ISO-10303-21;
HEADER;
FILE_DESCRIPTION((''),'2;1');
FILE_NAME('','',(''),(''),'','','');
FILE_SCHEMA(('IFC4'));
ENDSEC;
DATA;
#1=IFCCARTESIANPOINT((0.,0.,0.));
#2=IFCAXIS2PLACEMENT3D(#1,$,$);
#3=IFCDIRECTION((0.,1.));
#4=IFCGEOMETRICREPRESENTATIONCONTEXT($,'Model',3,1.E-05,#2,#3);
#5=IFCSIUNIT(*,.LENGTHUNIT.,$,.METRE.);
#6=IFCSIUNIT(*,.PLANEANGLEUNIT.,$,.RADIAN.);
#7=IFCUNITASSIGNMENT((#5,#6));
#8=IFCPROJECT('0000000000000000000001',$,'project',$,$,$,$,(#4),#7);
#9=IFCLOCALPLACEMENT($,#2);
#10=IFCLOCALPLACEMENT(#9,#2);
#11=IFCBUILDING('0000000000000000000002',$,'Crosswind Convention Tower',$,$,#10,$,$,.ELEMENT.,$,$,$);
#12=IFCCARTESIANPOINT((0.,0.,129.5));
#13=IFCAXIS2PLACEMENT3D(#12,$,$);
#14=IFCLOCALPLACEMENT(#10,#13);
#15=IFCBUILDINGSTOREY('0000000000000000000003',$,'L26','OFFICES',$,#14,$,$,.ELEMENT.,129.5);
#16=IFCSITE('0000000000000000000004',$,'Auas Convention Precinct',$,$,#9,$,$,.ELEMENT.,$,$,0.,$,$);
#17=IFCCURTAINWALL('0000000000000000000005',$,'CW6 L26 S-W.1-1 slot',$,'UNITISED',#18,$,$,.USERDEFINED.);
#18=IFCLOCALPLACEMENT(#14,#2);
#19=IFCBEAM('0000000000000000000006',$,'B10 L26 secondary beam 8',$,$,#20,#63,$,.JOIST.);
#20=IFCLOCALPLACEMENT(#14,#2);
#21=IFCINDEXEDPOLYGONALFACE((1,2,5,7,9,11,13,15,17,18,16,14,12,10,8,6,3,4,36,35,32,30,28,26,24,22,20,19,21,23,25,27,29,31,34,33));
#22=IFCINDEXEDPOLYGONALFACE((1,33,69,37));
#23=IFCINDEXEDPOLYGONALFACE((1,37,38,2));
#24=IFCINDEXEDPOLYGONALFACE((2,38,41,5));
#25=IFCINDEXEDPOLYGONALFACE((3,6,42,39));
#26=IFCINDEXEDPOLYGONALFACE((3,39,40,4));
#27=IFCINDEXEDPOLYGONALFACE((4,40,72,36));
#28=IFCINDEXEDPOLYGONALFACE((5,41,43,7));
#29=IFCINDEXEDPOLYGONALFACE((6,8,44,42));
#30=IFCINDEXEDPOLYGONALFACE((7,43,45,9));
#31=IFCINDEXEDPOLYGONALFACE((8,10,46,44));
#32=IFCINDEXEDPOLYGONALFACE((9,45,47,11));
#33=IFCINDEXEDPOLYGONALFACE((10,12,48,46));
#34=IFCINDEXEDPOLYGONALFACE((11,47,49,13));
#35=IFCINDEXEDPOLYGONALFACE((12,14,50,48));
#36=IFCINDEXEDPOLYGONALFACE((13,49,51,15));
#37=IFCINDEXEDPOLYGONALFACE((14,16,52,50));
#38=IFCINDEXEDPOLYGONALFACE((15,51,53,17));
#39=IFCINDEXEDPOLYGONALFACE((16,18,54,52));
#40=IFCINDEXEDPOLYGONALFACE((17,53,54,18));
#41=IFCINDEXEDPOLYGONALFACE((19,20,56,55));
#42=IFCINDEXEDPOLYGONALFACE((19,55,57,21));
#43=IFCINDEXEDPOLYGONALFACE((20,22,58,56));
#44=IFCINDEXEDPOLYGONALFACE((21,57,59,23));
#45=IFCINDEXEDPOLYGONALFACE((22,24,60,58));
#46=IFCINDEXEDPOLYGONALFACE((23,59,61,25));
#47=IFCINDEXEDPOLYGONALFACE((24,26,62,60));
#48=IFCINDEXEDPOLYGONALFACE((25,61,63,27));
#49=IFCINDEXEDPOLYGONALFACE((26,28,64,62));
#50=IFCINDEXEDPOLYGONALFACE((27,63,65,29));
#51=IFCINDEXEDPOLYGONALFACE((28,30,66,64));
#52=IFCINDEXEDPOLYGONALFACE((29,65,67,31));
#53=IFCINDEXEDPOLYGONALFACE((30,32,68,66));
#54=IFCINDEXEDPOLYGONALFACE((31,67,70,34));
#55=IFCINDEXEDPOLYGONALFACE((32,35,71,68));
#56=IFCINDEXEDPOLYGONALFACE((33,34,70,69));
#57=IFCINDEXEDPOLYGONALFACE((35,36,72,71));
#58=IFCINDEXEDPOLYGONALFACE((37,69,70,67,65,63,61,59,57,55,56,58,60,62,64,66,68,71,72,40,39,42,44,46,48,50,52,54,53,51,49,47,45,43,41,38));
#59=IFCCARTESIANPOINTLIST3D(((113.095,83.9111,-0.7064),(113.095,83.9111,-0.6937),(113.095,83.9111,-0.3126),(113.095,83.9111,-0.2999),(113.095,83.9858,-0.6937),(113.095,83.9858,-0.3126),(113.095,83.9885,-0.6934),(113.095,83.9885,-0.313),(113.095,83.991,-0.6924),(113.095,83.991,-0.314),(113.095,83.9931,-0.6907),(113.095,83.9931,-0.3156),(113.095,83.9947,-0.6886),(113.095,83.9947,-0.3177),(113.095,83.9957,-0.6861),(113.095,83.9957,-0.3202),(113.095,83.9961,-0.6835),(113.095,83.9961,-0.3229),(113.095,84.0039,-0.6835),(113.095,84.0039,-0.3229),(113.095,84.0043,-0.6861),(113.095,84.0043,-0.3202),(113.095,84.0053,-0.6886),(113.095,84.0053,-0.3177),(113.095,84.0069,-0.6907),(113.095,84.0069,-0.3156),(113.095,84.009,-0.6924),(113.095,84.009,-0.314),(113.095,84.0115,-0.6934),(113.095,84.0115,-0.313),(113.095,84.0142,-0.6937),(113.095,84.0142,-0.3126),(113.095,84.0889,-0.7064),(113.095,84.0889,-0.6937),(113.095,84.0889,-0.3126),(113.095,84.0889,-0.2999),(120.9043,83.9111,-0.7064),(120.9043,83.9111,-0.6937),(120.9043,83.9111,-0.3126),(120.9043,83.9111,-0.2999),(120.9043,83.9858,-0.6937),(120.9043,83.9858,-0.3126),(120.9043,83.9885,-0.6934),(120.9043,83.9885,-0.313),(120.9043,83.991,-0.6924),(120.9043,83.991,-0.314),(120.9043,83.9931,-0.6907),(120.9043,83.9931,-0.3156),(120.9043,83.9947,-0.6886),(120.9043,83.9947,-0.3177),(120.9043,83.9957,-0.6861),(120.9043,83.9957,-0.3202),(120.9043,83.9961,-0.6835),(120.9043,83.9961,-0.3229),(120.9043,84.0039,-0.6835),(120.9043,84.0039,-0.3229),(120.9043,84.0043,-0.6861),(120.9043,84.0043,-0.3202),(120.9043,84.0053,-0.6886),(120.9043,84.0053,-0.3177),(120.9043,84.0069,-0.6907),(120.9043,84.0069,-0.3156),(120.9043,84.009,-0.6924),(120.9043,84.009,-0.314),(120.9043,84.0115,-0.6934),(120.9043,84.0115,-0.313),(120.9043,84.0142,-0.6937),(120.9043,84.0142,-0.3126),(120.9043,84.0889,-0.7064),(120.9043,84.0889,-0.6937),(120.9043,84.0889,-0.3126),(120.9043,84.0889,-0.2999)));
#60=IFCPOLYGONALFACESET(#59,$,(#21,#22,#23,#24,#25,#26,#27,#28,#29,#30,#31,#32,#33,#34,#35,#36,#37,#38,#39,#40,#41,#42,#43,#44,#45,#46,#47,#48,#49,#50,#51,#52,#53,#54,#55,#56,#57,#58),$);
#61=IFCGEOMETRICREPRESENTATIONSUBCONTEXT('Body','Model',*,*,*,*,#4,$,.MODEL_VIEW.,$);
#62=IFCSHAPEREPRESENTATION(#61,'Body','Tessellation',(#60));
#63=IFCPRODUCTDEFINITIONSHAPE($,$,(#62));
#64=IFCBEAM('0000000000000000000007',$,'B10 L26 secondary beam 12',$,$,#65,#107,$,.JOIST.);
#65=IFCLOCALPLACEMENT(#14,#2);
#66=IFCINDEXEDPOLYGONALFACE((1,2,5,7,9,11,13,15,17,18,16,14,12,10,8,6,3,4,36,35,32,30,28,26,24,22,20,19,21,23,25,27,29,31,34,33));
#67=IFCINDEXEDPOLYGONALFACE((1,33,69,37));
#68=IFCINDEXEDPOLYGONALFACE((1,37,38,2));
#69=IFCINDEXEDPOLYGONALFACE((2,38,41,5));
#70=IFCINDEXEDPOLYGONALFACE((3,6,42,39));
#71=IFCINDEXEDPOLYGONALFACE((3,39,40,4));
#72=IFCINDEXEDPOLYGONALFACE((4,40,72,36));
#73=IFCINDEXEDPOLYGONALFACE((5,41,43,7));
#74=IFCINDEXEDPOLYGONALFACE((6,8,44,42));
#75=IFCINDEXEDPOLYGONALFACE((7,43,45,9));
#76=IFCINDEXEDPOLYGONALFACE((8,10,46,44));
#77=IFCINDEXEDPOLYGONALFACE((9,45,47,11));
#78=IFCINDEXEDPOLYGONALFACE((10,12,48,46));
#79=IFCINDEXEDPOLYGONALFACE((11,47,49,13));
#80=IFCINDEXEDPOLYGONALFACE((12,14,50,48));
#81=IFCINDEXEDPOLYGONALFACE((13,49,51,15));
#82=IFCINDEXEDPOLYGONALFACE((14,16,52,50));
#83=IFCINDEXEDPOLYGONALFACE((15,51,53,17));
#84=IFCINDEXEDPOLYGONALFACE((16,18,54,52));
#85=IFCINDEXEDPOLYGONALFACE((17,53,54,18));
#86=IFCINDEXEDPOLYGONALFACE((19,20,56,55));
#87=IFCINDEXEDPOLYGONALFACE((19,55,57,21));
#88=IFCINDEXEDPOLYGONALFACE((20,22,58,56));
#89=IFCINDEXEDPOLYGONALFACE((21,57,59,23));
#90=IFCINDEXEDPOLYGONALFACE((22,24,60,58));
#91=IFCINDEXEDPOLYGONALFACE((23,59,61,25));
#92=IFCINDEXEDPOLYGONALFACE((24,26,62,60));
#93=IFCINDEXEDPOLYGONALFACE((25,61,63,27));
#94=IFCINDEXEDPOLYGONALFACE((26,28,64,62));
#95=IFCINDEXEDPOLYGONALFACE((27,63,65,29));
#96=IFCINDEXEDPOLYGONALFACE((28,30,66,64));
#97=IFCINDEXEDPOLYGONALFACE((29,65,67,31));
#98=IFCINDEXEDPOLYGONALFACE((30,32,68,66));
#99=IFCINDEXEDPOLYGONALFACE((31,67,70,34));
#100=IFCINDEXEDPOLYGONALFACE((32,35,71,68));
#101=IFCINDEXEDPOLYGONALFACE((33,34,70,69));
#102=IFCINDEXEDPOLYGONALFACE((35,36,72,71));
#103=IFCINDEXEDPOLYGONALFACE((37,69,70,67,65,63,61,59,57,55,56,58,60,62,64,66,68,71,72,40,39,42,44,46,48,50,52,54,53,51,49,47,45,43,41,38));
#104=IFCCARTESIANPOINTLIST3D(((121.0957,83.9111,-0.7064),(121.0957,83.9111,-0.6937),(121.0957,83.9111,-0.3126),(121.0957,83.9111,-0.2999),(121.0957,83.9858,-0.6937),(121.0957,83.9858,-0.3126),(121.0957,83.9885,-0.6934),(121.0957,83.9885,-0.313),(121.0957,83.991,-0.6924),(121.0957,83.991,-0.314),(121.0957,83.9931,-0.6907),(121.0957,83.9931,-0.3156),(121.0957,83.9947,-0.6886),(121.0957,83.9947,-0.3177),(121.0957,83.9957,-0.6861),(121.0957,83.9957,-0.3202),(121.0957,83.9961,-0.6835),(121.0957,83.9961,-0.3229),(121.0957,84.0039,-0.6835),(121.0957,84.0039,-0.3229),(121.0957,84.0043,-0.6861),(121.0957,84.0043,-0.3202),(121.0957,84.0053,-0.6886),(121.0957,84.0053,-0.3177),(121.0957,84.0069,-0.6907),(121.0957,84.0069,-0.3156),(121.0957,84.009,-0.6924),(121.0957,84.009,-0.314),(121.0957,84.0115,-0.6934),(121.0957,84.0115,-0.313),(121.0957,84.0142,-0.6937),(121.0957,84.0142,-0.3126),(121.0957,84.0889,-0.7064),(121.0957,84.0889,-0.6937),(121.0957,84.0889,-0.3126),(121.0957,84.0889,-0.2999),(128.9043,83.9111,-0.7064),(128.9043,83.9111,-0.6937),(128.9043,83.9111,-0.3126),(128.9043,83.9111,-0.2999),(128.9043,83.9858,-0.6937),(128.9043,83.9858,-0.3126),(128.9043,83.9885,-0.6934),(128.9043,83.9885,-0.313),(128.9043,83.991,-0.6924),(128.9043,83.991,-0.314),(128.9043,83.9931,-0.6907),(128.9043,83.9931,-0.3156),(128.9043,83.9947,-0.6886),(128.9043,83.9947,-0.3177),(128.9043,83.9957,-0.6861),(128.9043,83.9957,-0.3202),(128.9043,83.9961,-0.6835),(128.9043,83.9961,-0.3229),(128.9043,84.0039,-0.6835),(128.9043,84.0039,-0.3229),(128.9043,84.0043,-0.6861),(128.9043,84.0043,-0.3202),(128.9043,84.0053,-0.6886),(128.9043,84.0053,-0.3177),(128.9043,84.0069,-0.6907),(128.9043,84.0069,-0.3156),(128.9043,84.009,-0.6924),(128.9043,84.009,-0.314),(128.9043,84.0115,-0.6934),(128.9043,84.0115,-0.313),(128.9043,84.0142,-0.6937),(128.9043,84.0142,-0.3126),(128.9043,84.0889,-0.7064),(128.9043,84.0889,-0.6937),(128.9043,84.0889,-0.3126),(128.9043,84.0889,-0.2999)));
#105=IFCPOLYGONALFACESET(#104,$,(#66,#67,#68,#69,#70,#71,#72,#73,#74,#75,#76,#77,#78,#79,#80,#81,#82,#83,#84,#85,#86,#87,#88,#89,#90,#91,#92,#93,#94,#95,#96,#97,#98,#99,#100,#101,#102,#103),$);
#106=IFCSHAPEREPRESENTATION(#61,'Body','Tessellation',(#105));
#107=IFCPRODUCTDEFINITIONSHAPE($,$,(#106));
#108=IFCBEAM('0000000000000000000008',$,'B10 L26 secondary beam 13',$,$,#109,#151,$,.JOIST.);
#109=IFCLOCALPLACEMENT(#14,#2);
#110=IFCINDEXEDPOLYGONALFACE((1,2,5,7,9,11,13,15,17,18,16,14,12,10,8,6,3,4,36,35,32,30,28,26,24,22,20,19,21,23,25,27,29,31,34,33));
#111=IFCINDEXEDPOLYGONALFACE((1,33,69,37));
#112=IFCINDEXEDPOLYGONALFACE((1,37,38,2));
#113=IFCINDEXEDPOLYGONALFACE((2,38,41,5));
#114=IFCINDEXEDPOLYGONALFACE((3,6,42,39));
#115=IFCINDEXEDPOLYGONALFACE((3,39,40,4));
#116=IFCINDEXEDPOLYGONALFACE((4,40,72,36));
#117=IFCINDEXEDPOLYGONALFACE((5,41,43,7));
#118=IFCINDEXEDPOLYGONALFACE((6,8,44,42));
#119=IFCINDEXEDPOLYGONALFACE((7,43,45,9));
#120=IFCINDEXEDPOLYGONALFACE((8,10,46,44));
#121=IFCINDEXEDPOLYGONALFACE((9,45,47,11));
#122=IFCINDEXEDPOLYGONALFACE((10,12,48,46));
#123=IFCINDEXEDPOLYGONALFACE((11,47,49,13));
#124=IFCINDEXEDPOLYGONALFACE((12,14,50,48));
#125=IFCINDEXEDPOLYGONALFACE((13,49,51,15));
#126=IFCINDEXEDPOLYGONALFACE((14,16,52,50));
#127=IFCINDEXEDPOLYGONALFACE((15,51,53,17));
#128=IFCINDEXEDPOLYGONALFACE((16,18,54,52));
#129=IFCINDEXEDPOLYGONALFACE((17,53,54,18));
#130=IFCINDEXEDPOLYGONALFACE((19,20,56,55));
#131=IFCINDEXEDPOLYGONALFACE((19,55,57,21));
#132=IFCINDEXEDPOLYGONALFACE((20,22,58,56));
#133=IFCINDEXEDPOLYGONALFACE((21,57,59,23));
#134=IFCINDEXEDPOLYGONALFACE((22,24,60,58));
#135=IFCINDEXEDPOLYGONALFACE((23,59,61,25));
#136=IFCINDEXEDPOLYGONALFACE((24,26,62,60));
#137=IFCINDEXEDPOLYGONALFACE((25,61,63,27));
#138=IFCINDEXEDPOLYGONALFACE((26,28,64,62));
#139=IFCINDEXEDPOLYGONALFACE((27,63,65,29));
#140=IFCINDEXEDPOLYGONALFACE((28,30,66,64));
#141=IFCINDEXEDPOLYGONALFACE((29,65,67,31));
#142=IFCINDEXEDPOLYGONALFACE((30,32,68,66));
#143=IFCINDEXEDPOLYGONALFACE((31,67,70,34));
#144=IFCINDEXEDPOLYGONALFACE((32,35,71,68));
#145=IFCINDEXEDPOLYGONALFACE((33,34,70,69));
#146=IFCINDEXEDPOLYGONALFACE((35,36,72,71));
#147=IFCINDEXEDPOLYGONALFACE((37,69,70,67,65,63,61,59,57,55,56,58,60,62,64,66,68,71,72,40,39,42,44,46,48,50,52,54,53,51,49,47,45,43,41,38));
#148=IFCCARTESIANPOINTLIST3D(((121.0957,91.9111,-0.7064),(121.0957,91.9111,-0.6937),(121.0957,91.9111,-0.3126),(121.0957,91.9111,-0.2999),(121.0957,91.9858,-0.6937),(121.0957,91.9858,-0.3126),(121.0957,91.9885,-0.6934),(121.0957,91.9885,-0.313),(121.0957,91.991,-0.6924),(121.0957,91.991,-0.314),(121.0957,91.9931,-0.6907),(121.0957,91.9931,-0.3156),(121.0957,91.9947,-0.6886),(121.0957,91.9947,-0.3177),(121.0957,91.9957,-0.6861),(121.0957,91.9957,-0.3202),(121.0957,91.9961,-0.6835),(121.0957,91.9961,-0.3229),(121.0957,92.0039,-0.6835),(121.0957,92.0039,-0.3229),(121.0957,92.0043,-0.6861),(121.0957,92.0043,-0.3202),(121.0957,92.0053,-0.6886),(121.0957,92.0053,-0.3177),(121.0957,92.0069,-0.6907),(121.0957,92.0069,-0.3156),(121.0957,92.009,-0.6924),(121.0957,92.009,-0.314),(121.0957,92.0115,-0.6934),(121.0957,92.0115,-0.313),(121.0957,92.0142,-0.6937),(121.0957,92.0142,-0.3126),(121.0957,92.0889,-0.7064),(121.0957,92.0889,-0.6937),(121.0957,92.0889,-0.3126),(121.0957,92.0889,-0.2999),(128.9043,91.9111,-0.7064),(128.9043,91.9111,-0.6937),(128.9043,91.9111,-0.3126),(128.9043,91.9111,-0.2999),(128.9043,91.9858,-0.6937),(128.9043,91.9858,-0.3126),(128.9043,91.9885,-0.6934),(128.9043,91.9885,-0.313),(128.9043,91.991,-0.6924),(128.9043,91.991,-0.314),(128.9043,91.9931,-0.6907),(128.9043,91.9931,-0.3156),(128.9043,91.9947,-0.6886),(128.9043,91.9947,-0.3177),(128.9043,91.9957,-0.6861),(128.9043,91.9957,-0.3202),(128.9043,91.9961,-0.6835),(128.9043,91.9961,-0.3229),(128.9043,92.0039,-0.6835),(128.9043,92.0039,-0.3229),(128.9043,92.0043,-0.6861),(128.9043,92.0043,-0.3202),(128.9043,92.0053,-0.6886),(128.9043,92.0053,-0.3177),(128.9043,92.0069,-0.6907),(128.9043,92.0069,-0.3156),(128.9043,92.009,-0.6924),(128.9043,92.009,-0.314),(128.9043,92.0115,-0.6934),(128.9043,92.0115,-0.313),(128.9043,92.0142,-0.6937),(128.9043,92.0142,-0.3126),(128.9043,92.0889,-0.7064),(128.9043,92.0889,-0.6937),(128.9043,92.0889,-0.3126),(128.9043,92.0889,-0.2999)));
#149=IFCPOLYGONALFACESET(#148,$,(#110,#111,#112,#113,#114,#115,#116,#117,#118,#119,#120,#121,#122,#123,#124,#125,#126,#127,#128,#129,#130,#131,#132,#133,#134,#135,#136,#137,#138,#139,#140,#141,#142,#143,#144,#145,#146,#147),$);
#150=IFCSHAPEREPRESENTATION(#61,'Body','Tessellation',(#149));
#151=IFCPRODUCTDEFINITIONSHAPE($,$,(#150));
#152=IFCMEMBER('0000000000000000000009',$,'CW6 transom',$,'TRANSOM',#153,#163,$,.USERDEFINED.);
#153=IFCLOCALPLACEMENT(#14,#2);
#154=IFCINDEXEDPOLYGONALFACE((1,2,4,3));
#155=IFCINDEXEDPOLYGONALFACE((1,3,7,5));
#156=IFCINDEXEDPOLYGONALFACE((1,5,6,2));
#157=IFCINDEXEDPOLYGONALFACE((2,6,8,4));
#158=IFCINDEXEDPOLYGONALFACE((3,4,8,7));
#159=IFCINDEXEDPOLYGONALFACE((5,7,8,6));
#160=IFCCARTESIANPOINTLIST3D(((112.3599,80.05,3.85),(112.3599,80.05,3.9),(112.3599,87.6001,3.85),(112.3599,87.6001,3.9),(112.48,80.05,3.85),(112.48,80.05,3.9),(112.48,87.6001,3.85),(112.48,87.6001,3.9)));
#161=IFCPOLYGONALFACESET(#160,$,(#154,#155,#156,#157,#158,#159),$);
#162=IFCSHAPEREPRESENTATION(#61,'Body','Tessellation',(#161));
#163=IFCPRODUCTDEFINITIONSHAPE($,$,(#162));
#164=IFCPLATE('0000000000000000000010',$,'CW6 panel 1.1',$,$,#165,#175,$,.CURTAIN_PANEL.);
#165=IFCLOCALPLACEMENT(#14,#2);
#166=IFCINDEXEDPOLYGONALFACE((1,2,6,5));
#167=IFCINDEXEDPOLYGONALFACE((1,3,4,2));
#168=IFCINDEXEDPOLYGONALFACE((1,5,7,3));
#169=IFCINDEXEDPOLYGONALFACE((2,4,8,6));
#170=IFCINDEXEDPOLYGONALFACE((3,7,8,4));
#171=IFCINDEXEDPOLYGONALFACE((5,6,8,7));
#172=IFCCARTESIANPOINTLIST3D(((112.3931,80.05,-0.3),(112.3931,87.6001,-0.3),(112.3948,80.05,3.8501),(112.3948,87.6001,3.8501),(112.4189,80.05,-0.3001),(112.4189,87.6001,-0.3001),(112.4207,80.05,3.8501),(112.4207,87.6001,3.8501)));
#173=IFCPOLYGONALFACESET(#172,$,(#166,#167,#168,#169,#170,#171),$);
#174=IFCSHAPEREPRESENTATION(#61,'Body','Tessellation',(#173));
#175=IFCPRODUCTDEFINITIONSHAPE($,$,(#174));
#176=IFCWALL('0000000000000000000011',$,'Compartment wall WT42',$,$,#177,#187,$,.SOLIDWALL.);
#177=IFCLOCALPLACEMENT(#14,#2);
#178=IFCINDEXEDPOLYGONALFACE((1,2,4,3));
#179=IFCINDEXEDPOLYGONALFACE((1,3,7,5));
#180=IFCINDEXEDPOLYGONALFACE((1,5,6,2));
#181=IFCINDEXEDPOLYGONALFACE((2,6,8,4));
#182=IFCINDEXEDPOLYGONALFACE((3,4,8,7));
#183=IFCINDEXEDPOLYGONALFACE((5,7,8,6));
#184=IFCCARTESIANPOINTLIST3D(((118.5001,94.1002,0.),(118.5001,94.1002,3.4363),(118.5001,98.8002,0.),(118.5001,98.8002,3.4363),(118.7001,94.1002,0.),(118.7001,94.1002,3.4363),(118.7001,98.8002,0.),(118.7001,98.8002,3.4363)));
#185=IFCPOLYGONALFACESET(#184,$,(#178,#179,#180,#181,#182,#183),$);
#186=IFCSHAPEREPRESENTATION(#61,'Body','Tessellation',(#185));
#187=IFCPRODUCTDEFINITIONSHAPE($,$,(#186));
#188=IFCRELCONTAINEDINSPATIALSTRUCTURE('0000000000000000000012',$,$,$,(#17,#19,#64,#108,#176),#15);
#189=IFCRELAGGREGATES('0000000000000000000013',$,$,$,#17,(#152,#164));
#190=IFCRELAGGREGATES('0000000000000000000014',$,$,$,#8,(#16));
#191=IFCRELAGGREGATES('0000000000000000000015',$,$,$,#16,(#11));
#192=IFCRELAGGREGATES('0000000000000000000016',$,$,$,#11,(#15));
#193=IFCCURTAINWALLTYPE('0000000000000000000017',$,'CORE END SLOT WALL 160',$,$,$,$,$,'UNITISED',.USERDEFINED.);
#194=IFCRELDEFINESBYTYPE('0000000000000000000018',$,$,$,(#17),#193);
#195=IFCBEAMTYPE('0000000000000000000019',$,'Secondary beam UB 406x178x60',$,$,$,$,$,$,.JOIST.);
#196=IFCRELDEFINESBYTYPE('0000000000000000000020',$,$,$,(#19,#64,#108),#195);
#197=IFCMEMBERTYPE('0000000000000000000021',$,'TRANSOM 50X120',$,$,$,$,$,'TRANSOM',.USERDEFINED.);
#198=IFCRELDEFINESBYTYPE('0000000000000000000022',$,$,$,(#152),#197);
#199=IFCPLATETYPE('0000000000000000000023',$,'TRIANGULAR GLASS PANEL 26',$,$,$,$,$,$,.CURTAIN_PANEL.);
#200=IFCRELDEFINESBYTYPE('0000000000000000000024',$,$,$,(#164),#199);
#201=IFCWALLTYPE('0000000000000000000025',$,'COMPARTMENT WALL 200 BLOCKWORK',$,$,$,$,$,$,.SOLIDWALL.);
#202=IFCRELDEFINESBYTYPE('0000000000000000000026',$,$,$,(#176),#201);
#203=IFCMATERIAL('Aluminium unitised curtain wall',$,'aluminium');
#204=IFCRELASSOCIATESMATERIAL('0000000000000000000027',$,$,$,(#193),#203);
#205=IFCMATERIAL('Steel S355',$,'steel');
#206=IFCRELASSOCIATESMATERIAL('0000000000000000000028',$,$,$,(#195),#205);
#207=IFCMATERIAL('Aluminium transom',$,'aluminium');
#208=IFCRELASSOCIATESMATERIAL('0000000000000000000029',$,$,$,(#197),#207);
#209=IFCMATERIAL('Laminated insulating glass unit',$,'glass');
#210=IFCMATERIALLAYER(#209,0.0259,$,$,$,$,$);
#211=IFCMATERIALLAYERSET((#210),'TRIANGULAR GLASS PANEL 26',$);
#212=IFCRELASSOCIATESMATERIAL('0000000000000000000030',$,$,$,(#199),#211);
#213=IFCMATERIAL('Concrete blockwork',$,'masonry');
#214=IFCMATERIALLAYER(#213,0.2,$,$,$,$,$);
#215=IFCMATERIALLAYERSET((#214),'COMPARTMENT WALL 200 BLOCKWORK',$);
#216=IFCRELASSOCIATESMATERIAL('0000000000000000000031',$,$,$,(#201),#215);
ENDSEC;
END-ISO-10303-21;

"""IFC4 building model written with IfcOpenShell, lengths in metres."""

from ifc_helpers import new_model, si_unit, direction, frame, frame_2d, origin, origin_2d, place, context, subcontext, project, spatial, polyline, rectangle, i_section, outline, extrude, material, layer, layer_set, material_profile, profile_set, type_object, element, aggregate, save


model = new_model("IFC4")

# Units and contexts
model_context = context("Model", 3, precision=1e-05, world=origin(), true_north=direction((0.0, 1.0)))
body_context = subcontext(model_context, "Body", "Model", "MODEL_VIEW")
ifc_project = project(units=[si_unit("LENGTHUNIT", "METRE"), si_unit("PLANEANGLEUNIT", "RADIAN")], contexts=[model_context])

# Site, building, storey
site_placement = place(None, origin())
site = spatial("IfcSite", under=ifc_project, at=site_placement, Name="Auas Convention Precinct", CompositionType="ELEMENT", RefElevation=0.0)
building_placement = place(site_placement, origin())
building = spatial("IfcBuilding", under=site, at=building_placement, Name="Crosswind Convention Tower", CompositionType="ELEMENT")
storey_placement = place(building_placement, frame((0.0, 0.0, 129.5)))
storey = spatial("IfcBuildingStorey", under=building, at=storey_placement, Name="L26", Description="OFFICES", CompositionType="ELEMENT", Elevation=129.5)

# Shared definitions
ifc_material_1 = material(Name="Steel S355", Category="steel")

# Curtain wall
ifc_material_2 = material(Name="Aluminium unitised curtain wall", Category="aluminium")
curtain_wall_type = type_object("IfcCurtainWallType", Name="CORE END SLOT WALL 160", ElementType="UNITISED", PredefinedType="USERDEFINED", material=ifc_material_2)
curtain_wall_placement = place(storey_placement, origin())
curtain_wall = element("IfcCurtainWall", 1, at=curtain_wall_placement, inside=storey, type_object=curtain_wall_type, Name="CW6 L26 S-W.1-1 slot", ObjectType="UNITISED", PredefinedType="USERDEFINED")

# Beams
ifc_material_profile_1 = material_profile(ifc_material_1, i_section(OverallWidth=0.1777, OverallDepth=0.4065, WebThickness=0.0078, FlangeThickness=0.0127, FilletRadius=0.0103, at=origin_2d()), Name="UB 406x178x60")
ifc_profile_set_1 = profile_set([ifc_material_profile_1], Name="Steel S355")
beam_type_1 = type_object("IfcBeamType", Name="Secondary beam UB 406x178x60", PredefinedType="JOIST", material=ifc_profile_set_1)
beam_1_placement = place(storey_placement, frame((113.095, 84.0, -0.5032), z_axis=(1.0, 0.0, 0.0), x_axis=(0.0, 1.0, 0.0)))
element("IfcBeam", 2, at=beam_1_placement, inside=storey, type_object=beam_type_1, Name="B10 L26 secondary beam 8", PredefinedType="JOIST", context=body_context, shape_type="SweptSolid", body=[
    extrude(i_section(OverallWidth=0.1777, OverallDepth=0.4065, WebThickness=0.0078, FlangeThickness=0.0127, FilletRadius=0.0103, at=origin_2d()), origin(), (0.0, 0.0, 1.0), 7.8093),
])
for number, where, z_axis, x_axis, name in (
    (3, (121.0957, 84.0, -0.5032), (1.0, 0.0, 0.0), (0.0, 1.0, 0.0), "B10 L26 secondary beam 12"),
    (4, (121.0957, 92.0, -0.5032), (1.0, 0.0, 0.0), (0.0, 1.0, 0.0), "B10 L26 secondary beam 13"),
):
    element("IfcBeam", number, at=place(storey_placement, frame(where, z_axis=z_axis, x_axis=x_axis)), inside=storey, type_object=beam_type_1, Name=name, PredefinedType="JOIST", context=body_context, shape_type="SweptSolid", body=[
        extrude(i_section(OverallWidth=0.1777, OverallDepth=0.4065, WebThickness=0.0078, FlangeThickness=0.0127, FilletRadius=0.0103, at=origin_2d()), origin(), (0.0, 0.0, 1.0), 7.8086),
    ])

# Member
ifc_material_3 = material(Name="Aluminium transom", Category="aluminium")
ifc_material_profile_2 = material_profile(ifc_material_3, rectangle(XDim=0.1201, YDim=0.05, at=origin_2d()), Name="AL 120X50")
ifc_profile_set_2 = profile_set([ifc_material_profile_2], Name="Aluminium transom")
member_type_1 = type_object("IfcMemberType", Name="TRANSOM 50X120", ElementType="TRANSOM", PredefinedType="USERDEFINED", material=ifc_profile_set_2)
member_1_placement = place(storey_placement, frame((112.4199, 87.6001, 3.875), z_axis=(0.0, -1.0, 0.0), x_axis=(1.0, 0.0, 0.0)))
member_1 = element("IfcMember", 5, at=member_1_placement, type_object=member_type_1, Name="CW6 transom", ObjectType="TRANSOM", PredefinedType="USERDEFINED", context=body_context, shape_type="SweptSolid", body=[
    extrude(rectangle(XDim=0.1201, YDim=0.05, at=origin_2d()), origin(), (0.0, 0.0, 1.0), 7.55),
])

# Plate
ifc_material_4 = material(Name="Laminated insulating glass unit", Category="glass")
ifc_layer_1 = layer(ifc_material_4, 0.0259)
ifc_layer_set_1 = layer_set([ifc_layer_1], Name="TRIANGULAR GLASS PANEL 26")
plate_type = type_object("IfcPlateType", Name="TRIANGULAR GLASS PANEL 26", PredefinedType="CURTAIN_PANEL", material=ifc_layer_set_1)
plate_placement = place(storey_placement, frame((112.3931, 87.6001, -0.3), z_axis=(-1.0, 0.0, 0.000412), x_axis=(0.0, -1.0, 0.0)))
plate = element("IfcPlate", 6, at=plate_placement, type_object=plate_type, Name="CW6 panel 1.1", PredefinedType="CURTAIN_PANEL", context=body_context, shape_type="SweptSolid", body=[
    extrude(outline(polyline([(0.0, 0.0), (7.55, 0.0), (7.55, 4.1501), (0.0, 4.1501), (0.0, 0.0)])), origin(), (0.0, 0.0, -1.0), 0.0259),
])
aggregate(curtain_wall, [member_1, plate])

# Wall
ifc_material_5 = material(Name="Concrete blockwork", Category="masonry")
ifc_layer_2 = layer(ifc_material_5, 0.2)
ifc_layer_set_2 = layer_set([ifc_layer_2], Name="COMPARTMENT WALL 200 BLOCKWORK")
wall_type_1 = type_object("IfcWallType", Name="COMPARTMENT WALL 200 BLOCKWORK", PredefinedType="SOLIDWALL", material=ifc_layer_set_2)
wall_1_placement = place(storey_placement, frame((118.6001, 94.1001, 0.0), z_axis=(0.0, 0.0, 1.0), x_axis=(0.0, 1.0, 0.0)))
element("IfcWall", 7, at=wall_1_placement, inside=storey, type_object=wall_type_1, Name="Compartment wall WT42", PredefinedType="SOLIDWALL", context=body_context, shape_type="SweptSolid", body=[
    extrude(rectangle(XDim=4.7, YDim=0.2, at=frame_2d((2.3501, 0.0))), origin(), (0.0, 0.0, 1.0), 3.4363),
])

save(model, "model.ifc")
